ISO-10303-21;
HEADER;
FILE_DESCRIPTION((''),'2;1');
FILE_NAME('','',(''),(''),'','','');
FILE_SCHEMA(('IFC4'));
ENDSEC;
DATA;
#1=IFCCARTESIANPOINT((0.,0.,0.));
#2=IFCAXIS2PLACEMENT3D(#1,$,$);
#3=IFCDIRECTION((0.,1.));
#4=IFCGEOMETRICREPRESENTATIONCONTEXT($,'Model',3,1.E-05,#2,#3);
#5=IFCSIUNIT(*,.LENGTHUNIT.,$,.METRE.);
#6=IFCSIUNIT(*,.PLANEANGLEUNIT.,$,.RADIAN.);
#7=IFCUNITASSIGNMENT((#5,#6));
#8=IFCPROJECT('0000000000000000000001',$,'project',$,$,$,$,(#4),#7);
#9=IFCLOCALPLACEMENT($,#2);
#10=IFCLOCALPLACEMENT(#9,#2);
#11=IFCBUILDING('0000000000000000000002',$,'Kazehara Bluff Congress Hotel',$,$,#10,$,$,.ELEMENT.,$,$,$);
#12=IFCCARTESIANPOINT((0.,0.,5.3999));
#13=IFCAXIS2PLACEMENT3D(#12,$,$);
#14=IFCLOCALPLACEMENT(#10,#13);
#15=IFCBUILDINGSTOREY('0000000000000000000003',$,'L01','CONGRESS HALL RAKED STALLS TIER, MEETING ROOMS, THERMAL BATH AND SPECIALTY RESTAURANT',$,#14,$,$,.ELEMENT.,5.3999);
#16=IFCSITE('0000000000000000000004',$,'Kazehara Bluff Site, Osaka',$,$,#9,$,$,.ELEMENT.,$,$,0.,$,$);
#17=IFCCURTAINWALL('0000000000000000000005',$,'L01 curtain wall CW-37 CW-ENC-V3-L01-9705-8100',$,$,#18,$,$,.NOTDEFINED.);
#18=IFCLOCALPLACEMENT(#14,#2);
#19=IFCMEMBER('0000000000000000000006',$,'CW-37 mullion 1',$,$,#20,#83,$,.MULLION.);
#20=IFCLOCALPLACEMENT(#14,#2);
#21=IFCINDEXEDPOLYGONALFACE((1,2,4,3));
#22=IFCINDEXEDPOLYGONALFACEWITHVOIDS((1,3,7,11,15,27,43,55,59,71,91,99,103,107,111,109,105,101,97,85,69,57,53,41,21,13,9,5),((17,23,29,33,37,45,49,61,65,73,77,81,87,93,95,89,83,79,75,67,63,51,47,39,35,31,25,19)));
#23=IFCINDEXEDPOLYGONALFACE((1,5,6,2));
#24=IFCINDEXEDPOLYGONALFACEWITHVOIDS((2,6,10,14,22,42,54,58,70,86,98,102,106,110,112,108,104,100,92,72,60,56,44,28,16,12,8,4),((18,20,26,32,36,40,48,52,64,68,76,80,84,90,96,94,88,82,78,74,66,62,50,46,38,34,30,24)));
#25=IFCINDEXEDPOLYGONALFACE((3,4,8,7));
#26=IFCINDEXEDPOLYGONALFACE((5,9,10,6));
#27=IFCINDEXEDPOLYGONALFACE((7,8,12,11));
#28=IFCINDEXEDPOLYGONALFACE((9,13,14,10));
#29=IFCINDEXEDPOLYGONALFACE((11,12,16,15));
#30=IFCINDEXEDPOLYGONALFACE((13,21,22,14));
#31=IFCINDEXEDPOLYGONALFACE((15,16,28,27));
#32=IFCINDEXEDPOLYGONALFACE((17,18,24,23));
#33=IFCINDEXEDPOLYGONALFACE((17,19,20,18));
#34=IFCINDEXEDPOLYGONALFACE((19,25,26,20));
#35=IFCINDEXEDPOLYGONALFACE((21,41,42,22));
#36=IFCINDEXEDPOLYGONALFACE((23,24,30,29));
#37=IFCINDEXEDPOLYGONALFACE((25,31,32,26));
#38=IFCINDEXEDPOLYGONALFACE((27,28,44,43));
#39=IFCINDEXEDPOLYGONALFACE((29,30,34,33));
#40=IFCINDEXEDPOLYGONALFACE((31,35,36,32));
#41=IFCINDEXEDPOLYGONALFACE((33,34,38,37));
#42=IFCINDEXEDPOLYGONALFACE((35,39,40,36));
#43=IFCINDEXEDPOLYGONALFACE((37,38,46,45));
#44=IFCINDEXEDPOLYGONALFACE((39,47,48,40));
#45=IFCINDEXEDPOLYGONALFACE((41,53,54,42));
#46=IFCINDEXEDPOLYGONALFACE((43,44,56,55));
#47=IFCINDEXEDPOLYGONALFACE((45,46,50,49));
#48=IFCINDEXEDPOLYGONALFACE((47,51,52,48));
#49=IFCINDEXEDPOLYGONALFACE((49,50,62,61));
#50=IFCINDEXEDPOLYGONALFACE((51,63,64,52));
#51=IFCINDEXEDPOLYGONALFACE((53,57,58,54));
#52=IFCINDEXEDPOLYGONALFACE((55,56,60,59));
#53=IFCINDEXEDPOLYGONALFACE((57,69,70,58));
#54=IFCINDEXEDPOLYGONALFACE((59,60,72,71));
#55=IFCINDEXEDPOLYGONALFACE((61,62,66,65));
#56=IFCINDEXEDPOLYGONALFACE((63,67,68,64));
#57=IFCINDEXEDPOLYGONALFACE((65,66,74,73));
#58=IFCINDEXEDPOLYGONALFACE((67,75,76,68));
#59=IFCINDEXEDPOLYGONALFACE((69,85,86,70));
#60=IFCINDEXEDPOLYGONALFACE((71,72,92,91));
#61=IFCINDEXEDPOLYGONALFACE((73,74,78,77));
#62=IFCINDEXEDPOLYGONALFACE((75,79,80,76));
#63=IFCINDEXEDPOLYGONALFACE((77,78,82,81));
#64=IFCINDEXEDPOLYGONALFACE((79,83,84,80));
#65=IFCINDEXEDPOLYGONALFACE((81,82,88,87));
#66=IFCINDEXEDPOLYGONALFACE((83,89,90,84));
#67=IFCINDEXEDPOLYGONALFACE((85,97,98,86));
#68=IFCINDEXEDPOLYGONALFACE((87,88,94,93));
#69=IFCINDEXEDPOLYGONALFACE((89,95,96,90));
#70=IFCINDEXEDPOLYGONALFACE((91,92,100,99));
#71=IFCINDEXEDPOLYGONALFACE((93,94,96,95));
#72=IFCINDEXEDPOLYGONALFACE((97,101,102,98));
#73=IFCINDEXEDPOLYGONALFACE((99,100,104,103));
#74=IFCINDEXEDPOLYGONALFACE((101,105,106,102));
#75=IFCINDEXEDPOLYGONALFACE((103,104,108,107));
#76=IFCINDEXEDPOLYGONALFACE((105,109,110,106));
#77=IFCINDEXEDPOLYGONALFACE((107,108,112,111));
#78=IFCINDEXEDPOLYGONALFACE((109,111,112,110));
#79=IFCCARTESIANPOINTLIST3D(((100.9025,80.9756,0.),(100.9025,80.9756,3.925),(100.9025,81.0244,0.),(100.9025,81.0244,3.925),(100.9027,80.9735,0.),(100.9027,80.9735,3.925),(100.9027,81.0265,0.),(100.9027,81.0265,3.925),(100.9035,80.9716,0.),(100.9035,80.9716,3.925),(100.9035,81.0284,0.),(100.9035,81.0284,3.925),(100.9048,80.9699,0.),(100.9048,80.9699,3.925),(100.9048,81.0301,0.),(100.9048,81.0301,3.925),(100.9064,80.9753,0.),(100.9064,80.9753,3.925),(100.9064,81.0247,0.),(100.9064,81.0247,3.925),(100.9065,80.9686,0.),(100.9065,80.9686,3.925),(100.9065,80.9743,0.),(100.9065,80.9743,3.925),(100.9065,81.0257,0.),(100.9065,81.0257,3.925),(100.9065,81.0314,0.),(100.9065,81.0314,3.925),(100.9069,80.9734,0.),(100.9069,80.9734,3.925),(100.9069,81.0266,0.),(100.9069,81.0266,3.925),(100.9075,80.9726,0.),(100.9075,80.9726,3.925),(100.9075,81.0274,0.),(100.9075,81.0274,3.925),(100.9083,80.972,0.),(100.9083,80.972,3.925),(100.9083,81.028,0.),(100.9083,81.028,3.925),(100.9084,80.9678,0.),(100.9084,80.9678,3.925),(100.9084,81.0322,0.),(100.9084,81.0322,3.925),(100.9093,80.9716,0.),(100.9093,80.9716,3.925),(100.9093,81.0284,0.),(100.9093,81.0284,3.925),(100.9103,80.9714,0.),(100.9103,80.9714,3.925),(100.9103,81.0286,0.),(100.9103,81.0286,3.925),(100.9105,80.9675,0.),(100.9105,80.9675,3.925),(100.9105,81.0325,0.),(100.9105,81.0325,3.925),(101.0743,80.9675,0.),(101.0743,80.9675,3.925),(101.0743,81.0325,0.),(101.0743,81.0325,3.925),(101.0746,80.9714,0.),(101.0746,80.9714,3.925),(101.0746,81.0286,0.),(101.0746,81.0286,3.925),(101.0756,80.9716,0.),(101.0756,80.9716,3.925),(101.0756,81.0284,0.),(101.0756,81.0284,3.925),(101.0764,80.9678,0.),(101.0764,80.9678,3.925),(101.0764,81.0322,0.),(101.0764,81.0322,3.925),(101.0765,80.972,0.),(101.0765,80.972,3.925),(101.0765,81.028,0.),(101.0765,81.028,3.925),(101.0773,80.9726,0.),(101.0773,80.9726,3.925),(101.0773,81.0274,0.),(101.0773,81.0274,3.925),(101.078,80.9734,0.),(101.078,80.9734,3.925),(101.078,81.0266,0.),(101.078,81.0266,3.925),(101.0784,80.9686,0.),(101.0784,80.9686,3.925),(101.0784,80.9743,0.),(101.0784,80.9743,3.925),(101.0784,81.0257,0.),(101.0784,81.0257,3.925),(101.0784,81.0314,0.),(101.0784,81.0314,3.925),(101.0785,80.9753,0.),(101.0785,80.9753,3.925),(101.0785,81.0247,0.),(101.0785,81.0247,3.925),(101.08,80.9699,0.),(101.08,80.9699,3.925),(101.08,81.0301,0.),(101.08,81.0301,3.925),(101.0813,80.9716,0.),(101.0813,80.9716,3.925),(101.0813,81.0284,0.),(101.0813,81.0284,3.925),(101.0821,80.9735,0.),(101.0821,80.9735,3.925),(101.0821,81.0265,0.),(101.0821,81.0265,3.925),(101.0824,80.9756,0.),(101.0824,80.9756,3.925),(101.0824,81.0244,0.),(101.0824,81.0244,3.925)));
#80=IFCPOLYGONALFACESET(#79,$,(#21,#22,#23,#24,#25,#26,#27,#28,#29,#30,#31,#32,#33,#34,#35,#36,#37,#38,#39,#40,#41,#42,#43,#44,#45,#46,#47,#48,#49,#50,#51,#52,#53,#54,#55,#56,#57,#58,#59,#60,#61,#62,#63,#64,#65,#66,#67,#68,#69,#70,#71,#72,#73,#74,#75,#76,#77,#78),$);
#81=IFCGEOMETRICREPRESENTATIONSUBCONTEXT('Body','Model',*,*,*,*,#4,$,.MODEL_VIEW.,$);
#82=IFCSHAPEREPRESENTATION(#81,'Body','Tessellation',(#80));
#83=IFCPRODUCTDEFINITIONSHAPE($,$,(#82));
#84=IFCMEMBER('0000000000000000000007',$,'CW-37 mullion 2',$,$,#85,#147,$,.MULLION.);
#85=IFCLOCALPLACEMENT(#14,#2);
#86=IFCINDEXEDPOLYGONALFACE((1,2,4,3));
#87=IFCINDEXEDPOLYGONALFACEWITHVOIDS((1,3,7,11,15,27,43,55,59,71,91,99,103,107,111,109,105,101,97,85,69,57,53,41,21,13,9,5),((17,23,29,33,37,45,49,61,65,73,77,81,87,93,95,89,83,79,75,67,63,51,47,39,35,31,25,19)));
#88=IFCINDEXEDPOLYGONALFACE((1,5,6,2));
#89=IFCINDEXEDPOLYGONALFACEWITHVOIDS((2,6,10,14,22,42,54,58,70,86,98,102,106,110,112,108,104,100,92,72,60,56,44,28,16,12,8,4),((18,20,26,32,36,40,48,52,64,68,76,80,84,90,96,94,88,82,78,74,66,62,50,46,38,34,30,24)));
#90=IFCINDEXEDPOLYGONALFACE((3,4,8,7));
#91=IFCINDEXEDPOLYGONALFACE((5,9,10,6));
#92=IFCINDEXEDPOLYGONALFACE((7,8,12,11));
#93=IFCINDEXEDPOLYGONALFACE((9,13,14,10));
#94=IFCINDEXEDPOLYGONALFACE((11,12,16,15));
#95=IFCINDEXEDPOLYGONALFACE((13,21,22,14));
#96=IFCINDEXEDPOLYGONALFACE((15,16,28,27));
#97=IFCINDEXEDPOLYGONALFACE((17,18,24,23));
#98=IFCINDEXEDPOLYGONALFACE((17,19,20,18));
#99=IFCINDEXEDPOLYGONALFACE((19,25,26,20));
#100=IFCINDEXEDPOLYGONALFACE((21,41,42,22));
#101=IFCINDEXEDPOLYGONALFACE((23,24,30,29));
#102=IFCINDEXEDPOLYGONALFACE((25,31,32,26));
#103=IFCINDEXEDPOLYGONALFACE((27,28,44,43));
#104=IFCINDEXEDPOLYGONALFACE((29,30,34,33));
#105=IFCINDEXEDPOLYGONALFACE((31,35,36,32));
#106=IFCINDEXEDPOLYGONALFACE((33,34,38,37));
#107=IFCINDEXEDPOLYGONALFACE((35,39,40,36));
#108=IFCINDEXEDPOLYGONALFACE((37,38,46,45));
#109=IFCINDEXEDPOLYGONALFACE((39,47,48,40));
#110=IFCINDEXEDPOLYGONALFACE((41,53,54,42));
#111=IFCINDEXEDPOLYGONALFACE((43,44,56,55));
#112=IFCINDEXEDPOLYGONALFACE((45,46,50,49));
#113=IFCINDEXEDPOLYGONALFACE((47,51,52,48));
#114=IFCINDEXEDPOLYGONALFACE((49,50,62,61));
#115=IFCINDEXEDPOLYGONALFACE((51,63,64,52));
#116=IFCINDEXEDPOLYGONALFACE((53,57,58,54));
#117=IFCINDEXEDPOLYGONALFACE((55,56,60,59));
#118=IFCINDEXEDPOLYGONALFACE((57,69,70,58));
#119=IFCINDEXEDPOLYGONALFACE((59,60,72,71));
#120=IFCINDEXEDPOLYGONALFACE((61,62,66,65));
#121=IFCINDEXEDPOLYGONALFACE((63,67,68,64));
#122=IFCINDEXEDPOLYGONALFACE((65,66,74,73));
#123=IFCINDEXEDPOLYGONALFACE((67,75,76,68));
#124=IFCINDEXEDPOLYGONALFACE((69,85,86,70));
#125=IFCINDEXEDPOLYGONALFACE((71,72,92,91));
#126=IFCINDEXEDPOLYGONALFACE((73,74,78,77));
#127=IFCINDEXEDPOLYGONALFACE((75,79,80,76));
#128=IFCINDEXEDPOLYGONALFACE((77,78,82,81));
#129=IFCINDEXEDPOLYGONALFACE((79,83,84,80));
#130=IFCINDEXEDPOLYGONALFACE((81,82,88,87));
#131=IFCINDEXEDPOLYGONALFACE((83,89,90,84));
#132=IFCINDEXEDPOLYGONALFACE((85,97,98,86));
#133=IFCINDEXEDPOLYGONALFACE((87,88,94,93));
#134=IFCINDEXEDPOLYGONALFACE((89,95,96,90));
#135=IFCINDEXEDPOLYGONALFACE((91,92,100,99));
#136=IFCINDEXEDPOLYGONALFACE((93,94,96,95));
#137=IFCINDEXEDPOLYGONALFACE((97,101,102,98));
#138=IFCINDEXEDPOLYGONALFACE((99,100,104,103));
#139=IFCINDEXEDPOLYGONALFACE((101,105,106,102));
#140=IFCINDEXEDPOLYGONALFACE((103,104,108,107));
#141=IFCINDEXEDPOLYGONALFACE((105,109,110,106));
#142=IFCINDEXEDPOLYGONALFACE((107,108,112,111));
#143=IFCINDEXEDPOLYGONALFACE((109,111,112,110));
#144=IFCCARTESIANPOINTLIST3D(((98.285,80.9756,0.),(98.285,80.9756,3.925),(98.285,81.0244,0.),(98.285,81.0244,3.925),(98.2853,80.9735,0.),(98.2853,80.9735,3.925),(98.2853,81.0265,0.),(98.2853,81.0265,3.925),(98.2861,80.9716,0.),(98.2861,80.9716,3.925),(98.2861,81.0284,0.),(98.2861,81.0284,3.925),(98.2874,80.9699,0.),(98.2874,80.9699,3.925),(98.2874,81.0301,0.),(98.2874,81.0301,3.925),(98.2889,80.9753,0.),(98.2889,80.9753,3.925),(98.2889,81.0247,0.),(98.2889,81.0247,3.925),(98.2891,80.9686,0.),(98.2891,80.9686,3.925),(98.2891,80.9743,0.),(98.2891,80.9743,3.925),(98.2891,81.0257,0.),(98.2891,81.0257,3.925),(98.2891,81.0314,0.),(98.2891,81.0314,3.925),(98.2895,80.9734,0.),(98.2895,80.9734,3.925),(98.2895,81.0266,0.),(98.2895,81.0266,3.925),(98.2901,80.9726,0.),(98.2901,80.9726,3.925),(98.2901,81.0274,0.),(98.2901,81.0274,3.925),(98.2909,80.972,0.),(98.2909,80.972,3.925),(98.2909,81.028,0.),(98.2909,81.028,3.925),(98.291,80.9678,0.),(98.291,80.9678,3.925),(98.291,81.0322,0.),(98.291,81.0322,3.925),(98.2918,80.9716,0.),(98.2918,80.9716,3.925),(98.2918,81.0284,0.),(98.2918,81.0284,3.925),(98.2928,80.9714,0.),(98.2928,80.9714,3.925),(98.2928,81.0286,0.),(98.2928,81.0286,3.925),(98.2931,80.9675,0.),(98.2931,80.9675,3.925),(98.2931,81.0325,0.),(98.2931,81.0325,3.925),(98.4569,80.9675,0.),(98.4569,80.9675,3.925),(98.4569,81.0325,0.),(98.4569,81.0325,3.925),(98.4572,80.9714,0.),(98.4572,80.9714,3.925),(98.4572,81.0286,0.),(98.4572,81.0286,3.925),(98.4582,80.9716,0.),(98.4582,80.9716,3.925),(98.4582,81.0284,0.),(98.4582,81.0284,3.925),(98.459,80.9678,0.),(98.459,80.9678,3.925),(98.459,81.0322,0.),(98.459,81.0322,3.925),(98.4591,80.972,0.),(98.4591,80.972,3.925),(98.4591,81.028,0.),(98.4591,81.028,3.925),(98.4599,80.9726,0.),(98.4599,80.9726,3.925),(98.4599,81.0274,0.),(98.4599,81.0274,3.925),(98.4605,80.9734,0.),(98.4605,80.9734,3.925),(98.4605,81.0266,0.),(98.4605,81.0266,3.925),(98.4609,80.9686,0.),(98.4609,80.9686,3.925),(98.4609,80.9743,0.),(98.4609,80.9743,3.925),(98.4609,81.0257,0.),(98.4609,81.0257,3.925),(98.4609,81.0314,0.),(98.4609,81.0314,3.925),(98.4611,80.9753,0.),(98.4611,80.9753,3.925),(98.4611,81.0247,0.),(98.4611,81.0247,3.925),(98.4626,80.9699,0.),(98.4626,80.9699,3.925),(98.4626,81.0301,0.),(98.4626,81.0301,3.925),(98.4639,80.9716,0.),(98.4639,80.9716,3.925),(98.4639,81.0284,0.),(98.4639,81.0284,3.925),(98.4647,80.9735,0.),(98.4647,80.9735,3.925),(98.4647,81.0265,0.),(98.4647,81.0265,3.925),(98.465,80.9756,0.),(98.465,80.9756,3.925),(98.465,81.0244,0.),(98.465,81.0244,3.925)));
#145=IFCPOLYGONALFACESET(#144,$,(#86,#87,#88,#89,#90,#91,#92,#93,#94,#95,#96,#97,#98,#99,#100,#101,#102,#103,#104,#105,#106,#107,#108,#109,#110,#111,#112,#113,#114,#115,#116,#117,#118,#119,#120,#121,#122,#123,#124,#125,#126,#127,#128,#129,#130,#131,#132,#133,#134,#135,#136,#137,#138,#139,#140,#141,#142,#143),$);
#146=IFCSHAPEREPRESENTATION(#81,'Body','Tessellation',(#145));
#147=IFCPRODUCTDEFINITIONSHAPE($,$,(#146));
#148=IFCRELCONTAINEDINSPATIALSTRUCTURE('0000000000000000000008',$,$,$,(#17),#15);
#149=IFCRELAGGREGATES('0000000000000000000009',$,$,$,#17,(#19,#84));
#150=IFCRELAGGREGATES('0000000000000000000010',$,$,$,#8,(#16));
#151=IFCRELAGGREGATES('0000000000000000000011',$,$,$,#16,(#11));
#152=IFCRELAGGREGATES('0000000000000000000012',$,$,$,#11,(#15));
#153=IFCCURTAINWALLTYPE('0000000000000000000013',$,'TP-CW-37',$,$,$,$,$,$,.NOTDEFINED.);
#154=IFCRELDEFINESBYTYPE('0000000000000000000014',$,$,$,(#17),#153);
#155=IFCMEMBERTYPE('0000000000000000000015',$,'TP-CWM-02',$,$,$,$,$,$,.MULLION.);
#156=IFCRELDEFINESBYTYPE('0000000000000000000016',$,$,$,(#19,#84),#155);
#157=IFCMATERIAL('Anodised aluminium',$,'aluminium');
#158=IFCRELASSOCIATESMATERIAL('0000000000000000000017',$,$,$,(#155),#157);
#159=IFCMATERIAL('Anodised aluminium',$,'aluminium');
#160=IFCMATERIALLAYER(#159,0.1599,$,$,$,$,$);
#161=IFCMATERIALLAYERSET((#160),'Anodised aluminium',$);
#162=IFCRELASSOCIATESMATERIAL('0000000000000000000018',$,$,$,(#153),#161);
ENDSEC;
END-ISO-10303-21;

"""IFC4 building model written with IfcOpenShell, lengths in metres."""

from ifc_helpers import new_model, si_unit, direction, frame, origin, origin_2d, place, context, subcontext, project, spatial, hollow_rectangle, extrude, material, layer, layer_set, material_profile, profile_set, type_object, element, aggregate, save


model = new_model("IFC4")

# Units and contexts
model_context = context("Model", 3, precision=1e-05, world=origin(), true_north=direction((0.0, 1.0)))
body_context = subcontext(model_context, "Body", "Model", "MODEL_VIEW")
ifc_project = project(units=[si_unit("LENGTHUNIT", "METRE"), si_unit("PLANEANGLEUNIT", "RADIAN")], contexts=[model_context])

# Site, building, storey
site_placement = place(None, origin())
site = spatial("IfcSite", under=ifc_project, at=site_placement, Name="Kazehara Bluff Site, Osaka", CompositionType="ELEMENT", RefElevation=0.0)
building_placement = place(site_placement, origin())
building = spatial("IfcBuilding", under=site, at=building_placement, Name="Kazehara Bluff Congress Hotel", CompositionType="ELEMENT")
storey_placement = place(building_placement, frame((0.0, 0.0, 5.3999)))
storey = spatial("IfcBuildingStorey", under=building, at=storey_placement, Name="L01", Description="CONGRESS HALL RAKED STALLS TIER, MEETING ROOMS, THERMAL BATH AND SPECIALTY RESTAURANT", CompositionType="ELEMENT", Elevation=5.3999)

# Curtain wall, members
ifc_material_1 = material(Name="Anodised aluminium", Category="aluminium")
ifc_material_profile_1 = material_profile(ifc_material_1, hollow_rectangle(XDim=0.0649, YDim=0.1799, WallThickness=0.0039, InnerFilletRadius=0.0039, OuterFilletRadius=0.0081, at=origin_2d()))
ifc_profile_set_1 = profile_set([ifc_material_profile_1], Name="Anodised aluminium")
member_type_1 = type_object("IfcMemberType", Name="TP-CWM-02", PredefinedType="MULLION", material=ifc_profile_set_1)
ifc_material_2 = material(Name="Anodised aluminium", Category="aluminium")
ifc_layer_1 = layer(ifc_material_2, 0.1599)
ifc_layer_set_1 = layer_set([ifc_layer_1], Name="Anodised aluminium")
curtain_wall_type_1 = type_object("IfcCurtainWallType", Name="TP-CW-37", PredefinedType="NOTDEFINED", material=ifc_layer_set_1)
curtain_wall_1_placement = place(storey_placement, origin())
curtain_wall_1 = element("IfcCurtainWall", 1, at=curtain_wall_1_placement, inside=storey, type_object=curtain_wall_type_1, Name="L01 curtain wall CW-37 CW-ENC-V3-L01-9705-8100", PredefinedType="NOTDEFINED")
member_1_placement = place(storey_placement, frame((100.9924, 81.0, 0.0), z_axis=(0.0, 0.0, 1.0), x_axis=(0.0, -1.0, 0.0)))
member_1 = element("IfcMember", 2, at=member_1_placement, type_object=member_type_1, Name="CW-37 mullion 1", PredefinedType="MULLION", context=body_context, shape_type="SweptSolid", body=[
    extrude(hollow_rectangle(XDim=0.0649, YDim=0.1799, WallThickness=0.0039, InnerFilletRadius=0.0039, OuterFilletRadius=0.0081, at=origin_2d()), origin(), (0.0, 0.0, 1.0), 3.925),
])
member_2_placement = place(storey_placement, frame((98.375, 81.0, 0.0), z_axis=(0.0, 0.0, 1.0), x_axis=(0.0, -1.0, 0.0)))
member_2 = element("IfcMember", 3, at=member_2_placement, type_object=member_type_1, Name="CW-37 mullion 2", PredefinedType="MULLION", context=body_context, shape_type="SweptSolid", body=[
    extrude(hollow_rectangle(XDim=0.0649, YDim=0.1799, WallThickness=0.0039, InnerFilletRadius=0.0039, OuterFilletRadius=0.0081, at=origin_2d()), origin(), (0.0, 0.0, 1.0), 3.925),
])

aggregate(curtain_wall_1, [member_1, member_2])

save(model, "model.ifc")
